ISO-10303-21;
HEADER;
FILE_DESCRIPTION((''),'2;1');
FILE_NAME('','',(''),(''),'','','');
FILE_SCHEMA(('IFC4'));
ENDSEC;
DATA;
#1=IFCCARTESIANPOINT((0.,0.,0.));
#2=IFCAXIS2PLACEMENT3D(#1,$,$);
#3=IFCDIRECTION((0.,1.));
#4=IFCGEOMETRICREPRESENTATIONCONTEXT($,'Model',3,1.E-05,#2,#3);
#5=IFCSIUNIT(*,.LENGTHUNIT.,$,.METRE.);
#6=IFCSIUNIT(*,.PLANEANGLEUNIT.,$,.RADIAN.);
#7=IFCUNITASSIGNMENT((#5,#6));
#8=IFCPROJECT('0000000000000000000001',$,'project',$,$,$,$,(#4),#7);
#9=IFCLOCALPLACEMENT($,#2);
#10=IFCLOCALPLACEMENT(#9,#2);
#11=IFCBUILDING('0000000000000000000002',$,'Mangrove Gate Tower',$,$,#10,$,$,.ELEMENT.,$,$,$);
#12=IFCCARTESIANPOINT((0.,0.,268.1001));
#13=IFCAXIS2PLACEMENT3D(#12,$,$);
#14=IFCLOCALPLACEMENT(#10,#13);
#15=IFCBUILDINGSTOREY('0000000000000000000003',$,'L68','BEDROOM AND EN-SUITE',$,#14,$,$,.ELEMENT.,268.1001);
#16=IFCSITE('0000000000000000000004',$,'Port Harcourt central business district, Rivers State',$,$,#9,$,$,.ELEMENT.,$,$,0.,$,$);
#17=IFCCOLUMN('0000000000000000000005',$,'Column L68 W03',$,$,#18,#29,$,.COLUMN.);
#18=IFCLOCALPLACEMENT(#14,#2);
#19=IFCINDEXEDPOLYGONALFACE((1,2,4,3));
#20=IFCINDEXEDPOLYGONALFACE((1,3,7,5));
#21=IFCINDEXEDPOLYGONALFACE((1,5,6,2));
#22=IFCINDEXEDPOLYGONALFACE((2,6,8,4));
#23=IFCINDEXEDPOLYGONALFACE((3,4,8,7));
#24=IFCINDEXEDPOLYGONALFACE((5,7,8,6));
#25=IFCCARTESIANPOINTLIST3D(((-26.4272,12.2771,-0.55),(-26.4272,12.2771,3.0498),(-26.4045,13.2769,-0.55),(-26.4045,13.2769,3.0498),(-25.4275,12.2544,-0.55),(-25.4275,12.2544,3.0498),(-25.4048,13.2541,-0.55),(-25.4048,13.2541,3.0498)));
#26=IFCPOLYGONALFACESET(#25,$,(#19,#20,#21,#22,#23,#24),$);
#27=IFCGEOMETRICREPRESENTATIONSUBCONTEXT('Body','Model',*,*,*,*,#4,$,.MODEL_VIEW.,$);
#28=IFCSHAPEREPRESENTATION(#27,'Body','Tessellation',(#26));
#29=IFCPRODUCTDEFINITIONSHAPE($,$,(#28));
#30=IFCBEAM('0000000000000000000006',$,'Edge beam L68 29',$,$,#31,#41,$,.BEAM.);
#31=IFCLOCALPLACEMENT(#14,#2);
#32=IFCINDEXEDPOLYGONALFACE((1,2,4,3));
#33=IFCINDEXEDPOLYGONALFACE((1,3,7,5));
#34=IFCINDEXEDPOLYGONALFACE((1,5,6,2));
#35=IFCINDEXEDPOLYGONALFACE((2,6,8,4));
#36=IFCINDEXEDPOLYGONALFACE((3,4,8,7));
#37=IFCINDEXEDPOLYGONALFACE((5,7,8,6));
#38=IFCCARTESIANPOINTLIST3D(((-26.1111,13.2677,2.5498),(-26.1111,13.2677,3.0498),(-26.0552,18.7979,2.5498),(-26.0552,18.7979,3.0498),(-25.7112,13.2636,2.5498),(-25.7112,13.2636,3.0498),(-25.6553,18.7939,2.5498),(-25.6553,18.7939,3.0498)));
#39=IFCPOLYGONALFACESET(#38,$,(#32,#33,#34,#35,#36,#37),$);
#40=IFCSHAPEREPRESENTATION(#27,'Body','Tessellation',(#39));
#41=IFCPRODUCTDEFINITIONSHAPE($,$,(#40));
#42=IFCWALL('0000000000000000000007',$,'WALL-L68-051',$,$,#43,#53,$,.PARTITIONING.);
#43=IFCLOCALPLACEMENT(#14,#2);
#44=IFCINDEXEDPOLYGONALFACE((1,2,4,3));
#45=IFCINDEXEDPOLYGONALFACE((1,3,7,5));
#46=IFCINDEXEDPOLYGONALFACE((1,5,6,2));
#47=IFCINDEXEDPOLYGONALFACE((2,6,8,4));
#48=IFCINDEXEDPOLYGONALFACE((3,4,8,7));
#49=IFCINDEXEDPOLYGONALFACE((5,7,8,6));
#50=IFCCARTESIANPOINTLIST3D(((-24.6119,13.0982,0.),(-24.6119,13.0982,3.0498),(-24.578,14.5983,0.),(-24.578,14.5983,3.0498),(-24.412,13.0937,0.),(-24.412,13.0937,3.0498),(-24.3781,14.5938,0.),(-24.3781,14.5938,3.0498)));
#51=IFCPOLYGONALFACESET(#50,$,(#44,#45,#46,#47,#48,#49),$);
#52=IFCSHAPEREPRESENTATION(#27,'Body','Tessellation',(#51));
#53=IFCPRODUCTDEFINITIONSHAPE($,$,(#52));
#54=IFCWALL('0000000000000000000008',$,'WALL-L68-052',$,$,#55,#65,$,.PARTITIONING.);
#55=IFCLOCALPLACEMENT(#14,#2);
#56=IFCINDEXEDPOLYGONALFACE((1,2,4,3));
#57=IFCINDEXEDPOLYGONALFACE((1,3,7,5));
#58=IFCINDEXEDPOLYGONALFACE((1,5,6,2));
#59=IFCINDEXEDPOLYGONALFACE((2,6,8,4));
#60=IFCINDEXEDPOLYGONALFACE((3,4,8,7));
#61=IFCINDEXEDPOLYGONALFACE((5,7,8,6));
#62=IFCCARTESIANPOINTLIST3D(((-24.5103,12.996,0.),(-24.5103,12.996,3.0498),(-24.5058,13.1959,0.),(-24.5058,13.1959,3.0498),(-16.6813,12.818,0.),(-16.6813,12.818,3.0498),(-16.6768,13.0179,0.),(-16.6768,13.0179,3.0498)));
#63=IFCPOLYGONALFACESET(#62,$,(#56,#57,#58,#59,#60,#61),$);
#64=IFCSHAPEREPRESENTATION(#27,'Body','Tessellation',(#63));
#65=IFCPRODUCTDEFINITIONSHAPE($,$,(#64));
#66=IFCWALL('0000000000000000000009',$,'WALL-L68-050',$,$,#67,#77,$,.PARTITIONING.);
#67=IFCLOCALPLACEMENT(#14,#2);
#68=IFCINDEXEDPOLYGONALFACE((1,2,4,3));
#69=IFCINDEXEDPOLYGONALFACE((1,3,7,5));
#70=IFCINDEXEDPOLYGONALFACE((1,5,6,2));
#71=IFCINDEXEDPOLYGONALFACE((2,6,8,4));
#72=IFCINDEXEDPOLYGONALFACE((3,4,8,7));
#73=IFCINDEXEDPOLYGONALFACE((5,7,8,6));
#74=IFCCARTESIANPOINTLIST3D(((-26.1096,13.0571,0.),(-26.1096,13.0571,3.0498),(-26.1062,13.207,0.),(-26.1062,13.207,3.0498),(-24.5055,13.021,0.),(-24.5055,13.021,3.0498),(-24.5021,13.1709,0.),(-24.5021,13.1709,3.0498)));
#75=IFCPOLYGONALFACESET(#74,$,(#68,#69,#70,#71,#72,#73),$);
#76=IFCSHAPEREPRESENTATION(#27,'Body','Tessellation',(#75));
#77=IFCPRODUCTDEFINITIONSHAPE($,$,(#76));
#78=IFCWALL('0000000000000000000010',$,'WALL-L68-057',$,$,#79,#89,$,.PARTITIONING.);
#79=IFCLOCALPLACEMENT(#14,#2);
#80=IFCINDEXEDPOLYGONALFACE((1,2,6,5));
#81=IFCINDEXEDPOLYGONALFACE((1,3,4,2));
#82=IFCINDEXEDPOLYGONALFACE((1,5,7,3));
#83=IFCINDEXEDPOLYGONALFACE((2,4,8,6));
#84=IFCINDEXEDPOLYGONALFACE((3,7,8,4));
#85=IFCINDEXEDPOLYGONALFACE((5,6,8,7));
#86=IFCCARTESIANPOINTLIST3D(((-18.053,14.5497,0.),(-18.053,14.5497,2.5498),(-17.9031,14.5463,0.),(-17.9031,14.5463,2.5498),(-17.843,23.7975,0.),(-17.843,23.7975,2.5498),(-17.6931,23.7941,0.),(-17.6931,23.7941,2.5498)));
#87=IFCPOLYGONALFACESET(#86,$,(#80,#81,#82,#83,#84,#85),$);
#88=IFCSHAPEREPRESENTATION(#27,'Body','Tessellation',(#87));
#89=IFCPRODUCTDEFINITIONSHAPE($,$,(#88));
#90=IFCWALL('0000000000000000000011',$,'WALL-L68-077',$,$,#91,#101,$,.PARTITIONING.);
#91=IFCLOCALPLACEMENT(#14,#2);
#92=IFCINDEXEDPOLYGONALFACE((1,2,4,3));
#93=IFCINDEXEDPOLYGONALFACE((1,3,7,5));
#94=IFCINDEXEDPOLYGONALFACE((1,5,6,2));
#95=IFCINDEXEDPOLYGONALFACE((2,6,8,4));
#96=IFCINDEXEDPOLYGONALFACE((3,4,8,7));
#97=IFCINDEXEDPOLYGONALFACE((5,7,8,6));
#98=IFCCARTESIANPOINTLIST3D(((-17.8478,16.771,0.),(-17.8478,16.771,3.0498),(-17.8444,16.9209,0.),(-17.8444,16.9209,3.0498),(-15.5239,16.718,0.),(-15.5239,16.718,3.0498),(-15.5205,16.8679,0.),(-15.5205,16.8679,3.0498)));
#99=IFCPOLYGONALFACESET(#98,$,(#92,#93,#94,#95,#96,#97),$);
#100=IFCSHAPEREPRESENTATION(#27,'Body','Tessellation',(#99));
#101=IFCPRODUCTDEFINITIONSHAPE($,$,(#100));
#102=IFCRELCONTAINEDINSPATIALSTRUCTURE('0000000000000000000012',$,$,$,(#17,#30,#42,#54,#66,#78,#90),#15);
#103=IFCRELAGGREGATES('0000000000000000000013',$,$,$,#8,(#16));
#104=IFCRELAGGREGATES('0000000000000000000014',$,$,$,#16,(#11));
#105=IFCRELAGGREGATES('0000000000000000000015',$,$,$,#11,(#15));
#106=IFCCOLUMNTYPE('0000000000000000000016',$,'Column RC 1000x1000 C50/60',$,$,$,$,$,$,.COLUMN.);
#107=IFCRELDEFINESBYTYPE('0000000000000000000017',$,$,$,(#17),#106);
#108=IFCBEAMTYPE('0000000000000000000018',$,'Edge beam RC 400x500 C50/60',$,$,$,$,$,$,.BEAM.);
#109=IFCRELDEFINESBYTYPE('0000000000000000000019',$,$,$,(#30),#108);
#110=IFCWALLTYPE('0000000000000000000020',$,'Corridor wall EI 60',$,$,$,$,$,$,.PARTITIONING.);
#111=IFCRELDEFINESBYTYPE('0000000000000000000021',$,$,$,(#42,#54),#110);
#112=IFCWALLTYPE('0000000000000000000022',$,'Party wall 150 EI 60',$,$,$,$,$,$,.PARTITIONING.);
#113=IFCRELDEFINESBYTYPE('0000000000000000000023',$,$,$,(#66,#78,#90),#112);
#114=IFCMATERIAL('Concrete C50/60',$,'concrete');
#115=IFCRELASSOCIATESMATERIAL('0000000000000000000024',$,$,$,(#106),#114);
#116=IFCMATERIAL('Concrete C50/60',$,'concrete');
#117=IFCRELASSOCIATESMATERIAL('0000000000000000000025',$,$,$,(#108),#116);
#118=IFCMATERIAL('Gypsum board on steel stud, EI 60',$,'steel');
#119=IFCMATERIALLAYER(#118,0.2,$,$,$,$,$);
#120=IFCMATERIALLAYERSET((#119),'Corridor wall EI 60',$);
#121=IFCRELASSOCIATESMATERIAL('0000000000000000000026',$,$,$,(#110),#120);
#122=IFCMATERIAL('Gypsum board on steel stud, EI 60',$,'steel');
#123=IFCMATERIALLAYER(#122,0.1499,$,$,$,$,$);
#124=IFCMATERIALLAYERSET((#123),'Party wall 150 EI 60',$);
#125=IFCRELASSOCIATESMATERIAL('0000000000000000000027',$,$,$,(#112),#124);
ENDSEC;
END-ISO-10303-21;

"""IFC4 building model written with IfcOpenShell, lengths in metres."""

from ifc_helpers import new_model, si_unit, direction, frame, frame_2d, origin, origin_2d, place, context, subcontext, project, spatial, rectangle, extrude, material, layer, layer_set, material_profile, profile_set, type_object, element, save


model = new_model("IFC4")

# Units and contexts
model_context = context("Model", 3, precision=1e-05, world=origin(), true_north=direction((0.0, 1.0)))
body_context = subcontext(model_context, "Body", "Model", "MODEL_VIEW")
ifc_project = project(units=[si_unit("LENGTHUNIT", "METRE"), si_unit("PLANEANGLEUNIT", "RADIAN")], contexts=[model_context])

# Site, building, storey
site_placement = place(None, origin())
site = spatial("IfcSite", under=ifc_project, at=site_placement, Name="Port Harcourt central business district, Rivers State", CompositionType="ELEMENT", RefElevation=0.0)
building_placement = place(site_placement, origin())
building = spatial("IfcBuilding", under=site, at=building_placement, Name="Mangrove Gate Tower", CompositionType="ELEMENT")
storey_placement = place(building_placement, frame((0.0, 0.0, 268.1001)))
storey = spatial("IfcBuildingStorey", under=building, at=storey_placement, Name="L68", Description="BEDROOM AND EN-SUITE", CompositionType="ELEMENT", Elevation=268.1001)

# Column
ifc_material_1 = material(Name="Concrete C50/60", Category="concrete")
ifc_material_profile_1 = material_profile(ifc_material_1, rectangle(XDim=1.0, YDim=1.0, at=origin_2d()))
ifc_profile_set_1 = profile_set([ifc_material_profile_1], Name="Concrete C50/60")
column_type = type_object("IfcColumnType", Name="Column RC 1000x1000 C50/60", PredefinedType="COLUMN", material=ifc_profile_set_1)
column_placement = place(storey_placement, frame((-25.916, 12.7656, -0.55), z_axis=(0.0, 0.0, 1.0), x_axis=(-0.022712, -0.999742, 0.0)))
element("IfcColumn", 1, at=column_placement, inside=storey, type_object=column_type, Name="Column L68 W03", PredefinedType="COLUMN", context=body_context, shape_type="SweptSolid", body=[
    extrude(rectangle(XDim=1.0, YDim=1.0, at=origin_2d()), origin(), (0.0, 0.0, 1.0), 3.5999),
])

# Beam
ifc_material_2 = material(Name="Concrete C50/60", Category="concrete")
ifc_material_profile_2 = material_profile(ifc_material_2, rectangle(XDim=0.3999, YDim=0.5, at=origin_2d()))
ifc_profile_set_2 = profile_set([ifc_material_profile_2], Name="Concrete C50/60")
beam_type = type_object("IfcBeamType", Name="Edge beam RC 400x500 C50/60", PredefinedType="BEAM", material=ifc_profile_set_2)
beam_placement = place(storey_placement, frame((-25.8552, 18.7959, 2.7998), z_axis=(-0.010109, -0.999949, 0.0), x_axis=(0.999949, -0.010109, 0.0)))
element("IfcBeam", 2, at=beam_placement, inside=storey, type_object=beam_type, Name="Edge beam L68 29", PredefinedType="BEAM", context=body_context, shape_type="SweptSolid", body=[
    extrude(rectangle(XDim=0.3999, YDim=0.5, at=origin_2d()), origin(), (0.0, 0.0, 1.0), 5.5305),
])

# Walls
ifc_material_3 = material(Name="Gypsum board on steel stud, EI 60", Category="steel")
ifc_layer_1 = layer(ifc_material_3, 0.2)
ifc_layer_set_1 = layer_set([ifc_layer_1], Name="Corridor wall EI 60")
wall_type_1 = type_object("IfcWallType", Name="Corridor wall EI 60", PredefinedType="PARTITIONING", material=ifc_layer_set_1)
wall_1_placement = place(storey_placement, frame((-24.512, 13.0959, 0.0), z_axis=(0.0, 0.0, 1.0), x_axis=(0.022618, 0.999744, 0.0)))
element("IfcWall", 3, at=wall_1_placement, inside=storey, type_object=wall_type_1, Name="WALL-L68-051", PredefinedType="PARTITIONING", context=body_context, shape_type="SweptSolid", body=[
    extrude(rectangle(XDim=1.5005, YDim=0.2, at=frame_2d((0.7502, 0.0))), origin(), (0.0, 0.0, 1.0), 3.0498),
])
wall_2_placement = place(storey_placement, frame((-24.5081, 13.0959, 0.0), z_axis=(0.0, 0.0, 1.0), x_axis=(0.999742, -0.022727, 0.0)))
element("IfcWall", 4, at=wall_2_placement, inside=storey, type_object=wall_type_1, Name="WALL-L68-052", PredefinedType="PARTITIONING", context=body_context, shape_type="SweptSolid", body=[
    extrude(rectangle(XDim=7.8311, YDim=0.2, at=frame_2d((3.9155, 0.0))), origin(), (0.0, 0.0, 1.0), 3.0498),
])

# Walls
ifc_material_4 = material(Name="Gypsum board on steel stud, EI 60", Category="steel")
ifc_layer_2 = layer(ifc_material_4, 0.1499)
ifc_layer_set_2 = layer_set([ifc_layer_2], Name="Party wall 150 EI 60")
wall_type_2 = type_object("IfcWallType", Name="Party wall 150 EI 60", PredefinedType="PARTITIONING", material=ifc_layer_set_2)
wall_3_placement = place(storey_placement, frame((-26.1079, 13.1321, 0.0), z_axis=(0.0, 0.0, 1.0), x_axis=(0.999746, -0.022521, 0.0)))
element("IfcWall", 5, at=wall_3_placement, inside=storey, type_object=wall_type_2, Name="WALL-L68-050", PredefinedType="PARTITIONING", context=body_context, shape_type="SweptSolid", body=[
    extrude(rectangle(XDim=1.6045, YDim=0.1499, at=frame_2d((0.8022, 0.0))), origin(), (0.0, 0.0, 1.0), 3.0498),
])
wall_4_placement = place(storey_placement, frame((-17.978, 14.5481, 0.0), z_axis=(0.0, 0.0, 1.0), x_axis=(0.022698, 0.999742, 0.0)))
element("IfcWall", 6, at=wall_4_placement, inside=storey, type_object=wall_type_2, Name="WALL-L68-057", PredefinedType="PARTITIONING", context=body_context, shape_type="SweptSolid", body=[
    extrude(rectangle(XDim=9.2502, YDim=0.1499, at=frame_2d((4.625, 0.0))), origin(), (0.0, 0.0, 1.0), 2.5498),
])
wall_5_placement = place(storey_placement, frame((-17.8459, 16.8459, 0.0), z_axis=(0.0, 0.0, 1.0), x_axis=(0.99974, -0.022791, 0.0)))
element("IfcWall", 7, at=wall_5_placement, inside=storey, type_object=wall_type_2, Name="WALL-L68-077", PredefinedType="PARTITIONING", context=body_context, shape_type="SweptSolid", body=[
    extrude(rectangle(XDim=2.3245, YDim=0.1499, at=frame_2d((1.1621, 0.0))), origin(), (0.0, 0.0, 1.0), 3.0498),
])

save(model, "model.ifc")
